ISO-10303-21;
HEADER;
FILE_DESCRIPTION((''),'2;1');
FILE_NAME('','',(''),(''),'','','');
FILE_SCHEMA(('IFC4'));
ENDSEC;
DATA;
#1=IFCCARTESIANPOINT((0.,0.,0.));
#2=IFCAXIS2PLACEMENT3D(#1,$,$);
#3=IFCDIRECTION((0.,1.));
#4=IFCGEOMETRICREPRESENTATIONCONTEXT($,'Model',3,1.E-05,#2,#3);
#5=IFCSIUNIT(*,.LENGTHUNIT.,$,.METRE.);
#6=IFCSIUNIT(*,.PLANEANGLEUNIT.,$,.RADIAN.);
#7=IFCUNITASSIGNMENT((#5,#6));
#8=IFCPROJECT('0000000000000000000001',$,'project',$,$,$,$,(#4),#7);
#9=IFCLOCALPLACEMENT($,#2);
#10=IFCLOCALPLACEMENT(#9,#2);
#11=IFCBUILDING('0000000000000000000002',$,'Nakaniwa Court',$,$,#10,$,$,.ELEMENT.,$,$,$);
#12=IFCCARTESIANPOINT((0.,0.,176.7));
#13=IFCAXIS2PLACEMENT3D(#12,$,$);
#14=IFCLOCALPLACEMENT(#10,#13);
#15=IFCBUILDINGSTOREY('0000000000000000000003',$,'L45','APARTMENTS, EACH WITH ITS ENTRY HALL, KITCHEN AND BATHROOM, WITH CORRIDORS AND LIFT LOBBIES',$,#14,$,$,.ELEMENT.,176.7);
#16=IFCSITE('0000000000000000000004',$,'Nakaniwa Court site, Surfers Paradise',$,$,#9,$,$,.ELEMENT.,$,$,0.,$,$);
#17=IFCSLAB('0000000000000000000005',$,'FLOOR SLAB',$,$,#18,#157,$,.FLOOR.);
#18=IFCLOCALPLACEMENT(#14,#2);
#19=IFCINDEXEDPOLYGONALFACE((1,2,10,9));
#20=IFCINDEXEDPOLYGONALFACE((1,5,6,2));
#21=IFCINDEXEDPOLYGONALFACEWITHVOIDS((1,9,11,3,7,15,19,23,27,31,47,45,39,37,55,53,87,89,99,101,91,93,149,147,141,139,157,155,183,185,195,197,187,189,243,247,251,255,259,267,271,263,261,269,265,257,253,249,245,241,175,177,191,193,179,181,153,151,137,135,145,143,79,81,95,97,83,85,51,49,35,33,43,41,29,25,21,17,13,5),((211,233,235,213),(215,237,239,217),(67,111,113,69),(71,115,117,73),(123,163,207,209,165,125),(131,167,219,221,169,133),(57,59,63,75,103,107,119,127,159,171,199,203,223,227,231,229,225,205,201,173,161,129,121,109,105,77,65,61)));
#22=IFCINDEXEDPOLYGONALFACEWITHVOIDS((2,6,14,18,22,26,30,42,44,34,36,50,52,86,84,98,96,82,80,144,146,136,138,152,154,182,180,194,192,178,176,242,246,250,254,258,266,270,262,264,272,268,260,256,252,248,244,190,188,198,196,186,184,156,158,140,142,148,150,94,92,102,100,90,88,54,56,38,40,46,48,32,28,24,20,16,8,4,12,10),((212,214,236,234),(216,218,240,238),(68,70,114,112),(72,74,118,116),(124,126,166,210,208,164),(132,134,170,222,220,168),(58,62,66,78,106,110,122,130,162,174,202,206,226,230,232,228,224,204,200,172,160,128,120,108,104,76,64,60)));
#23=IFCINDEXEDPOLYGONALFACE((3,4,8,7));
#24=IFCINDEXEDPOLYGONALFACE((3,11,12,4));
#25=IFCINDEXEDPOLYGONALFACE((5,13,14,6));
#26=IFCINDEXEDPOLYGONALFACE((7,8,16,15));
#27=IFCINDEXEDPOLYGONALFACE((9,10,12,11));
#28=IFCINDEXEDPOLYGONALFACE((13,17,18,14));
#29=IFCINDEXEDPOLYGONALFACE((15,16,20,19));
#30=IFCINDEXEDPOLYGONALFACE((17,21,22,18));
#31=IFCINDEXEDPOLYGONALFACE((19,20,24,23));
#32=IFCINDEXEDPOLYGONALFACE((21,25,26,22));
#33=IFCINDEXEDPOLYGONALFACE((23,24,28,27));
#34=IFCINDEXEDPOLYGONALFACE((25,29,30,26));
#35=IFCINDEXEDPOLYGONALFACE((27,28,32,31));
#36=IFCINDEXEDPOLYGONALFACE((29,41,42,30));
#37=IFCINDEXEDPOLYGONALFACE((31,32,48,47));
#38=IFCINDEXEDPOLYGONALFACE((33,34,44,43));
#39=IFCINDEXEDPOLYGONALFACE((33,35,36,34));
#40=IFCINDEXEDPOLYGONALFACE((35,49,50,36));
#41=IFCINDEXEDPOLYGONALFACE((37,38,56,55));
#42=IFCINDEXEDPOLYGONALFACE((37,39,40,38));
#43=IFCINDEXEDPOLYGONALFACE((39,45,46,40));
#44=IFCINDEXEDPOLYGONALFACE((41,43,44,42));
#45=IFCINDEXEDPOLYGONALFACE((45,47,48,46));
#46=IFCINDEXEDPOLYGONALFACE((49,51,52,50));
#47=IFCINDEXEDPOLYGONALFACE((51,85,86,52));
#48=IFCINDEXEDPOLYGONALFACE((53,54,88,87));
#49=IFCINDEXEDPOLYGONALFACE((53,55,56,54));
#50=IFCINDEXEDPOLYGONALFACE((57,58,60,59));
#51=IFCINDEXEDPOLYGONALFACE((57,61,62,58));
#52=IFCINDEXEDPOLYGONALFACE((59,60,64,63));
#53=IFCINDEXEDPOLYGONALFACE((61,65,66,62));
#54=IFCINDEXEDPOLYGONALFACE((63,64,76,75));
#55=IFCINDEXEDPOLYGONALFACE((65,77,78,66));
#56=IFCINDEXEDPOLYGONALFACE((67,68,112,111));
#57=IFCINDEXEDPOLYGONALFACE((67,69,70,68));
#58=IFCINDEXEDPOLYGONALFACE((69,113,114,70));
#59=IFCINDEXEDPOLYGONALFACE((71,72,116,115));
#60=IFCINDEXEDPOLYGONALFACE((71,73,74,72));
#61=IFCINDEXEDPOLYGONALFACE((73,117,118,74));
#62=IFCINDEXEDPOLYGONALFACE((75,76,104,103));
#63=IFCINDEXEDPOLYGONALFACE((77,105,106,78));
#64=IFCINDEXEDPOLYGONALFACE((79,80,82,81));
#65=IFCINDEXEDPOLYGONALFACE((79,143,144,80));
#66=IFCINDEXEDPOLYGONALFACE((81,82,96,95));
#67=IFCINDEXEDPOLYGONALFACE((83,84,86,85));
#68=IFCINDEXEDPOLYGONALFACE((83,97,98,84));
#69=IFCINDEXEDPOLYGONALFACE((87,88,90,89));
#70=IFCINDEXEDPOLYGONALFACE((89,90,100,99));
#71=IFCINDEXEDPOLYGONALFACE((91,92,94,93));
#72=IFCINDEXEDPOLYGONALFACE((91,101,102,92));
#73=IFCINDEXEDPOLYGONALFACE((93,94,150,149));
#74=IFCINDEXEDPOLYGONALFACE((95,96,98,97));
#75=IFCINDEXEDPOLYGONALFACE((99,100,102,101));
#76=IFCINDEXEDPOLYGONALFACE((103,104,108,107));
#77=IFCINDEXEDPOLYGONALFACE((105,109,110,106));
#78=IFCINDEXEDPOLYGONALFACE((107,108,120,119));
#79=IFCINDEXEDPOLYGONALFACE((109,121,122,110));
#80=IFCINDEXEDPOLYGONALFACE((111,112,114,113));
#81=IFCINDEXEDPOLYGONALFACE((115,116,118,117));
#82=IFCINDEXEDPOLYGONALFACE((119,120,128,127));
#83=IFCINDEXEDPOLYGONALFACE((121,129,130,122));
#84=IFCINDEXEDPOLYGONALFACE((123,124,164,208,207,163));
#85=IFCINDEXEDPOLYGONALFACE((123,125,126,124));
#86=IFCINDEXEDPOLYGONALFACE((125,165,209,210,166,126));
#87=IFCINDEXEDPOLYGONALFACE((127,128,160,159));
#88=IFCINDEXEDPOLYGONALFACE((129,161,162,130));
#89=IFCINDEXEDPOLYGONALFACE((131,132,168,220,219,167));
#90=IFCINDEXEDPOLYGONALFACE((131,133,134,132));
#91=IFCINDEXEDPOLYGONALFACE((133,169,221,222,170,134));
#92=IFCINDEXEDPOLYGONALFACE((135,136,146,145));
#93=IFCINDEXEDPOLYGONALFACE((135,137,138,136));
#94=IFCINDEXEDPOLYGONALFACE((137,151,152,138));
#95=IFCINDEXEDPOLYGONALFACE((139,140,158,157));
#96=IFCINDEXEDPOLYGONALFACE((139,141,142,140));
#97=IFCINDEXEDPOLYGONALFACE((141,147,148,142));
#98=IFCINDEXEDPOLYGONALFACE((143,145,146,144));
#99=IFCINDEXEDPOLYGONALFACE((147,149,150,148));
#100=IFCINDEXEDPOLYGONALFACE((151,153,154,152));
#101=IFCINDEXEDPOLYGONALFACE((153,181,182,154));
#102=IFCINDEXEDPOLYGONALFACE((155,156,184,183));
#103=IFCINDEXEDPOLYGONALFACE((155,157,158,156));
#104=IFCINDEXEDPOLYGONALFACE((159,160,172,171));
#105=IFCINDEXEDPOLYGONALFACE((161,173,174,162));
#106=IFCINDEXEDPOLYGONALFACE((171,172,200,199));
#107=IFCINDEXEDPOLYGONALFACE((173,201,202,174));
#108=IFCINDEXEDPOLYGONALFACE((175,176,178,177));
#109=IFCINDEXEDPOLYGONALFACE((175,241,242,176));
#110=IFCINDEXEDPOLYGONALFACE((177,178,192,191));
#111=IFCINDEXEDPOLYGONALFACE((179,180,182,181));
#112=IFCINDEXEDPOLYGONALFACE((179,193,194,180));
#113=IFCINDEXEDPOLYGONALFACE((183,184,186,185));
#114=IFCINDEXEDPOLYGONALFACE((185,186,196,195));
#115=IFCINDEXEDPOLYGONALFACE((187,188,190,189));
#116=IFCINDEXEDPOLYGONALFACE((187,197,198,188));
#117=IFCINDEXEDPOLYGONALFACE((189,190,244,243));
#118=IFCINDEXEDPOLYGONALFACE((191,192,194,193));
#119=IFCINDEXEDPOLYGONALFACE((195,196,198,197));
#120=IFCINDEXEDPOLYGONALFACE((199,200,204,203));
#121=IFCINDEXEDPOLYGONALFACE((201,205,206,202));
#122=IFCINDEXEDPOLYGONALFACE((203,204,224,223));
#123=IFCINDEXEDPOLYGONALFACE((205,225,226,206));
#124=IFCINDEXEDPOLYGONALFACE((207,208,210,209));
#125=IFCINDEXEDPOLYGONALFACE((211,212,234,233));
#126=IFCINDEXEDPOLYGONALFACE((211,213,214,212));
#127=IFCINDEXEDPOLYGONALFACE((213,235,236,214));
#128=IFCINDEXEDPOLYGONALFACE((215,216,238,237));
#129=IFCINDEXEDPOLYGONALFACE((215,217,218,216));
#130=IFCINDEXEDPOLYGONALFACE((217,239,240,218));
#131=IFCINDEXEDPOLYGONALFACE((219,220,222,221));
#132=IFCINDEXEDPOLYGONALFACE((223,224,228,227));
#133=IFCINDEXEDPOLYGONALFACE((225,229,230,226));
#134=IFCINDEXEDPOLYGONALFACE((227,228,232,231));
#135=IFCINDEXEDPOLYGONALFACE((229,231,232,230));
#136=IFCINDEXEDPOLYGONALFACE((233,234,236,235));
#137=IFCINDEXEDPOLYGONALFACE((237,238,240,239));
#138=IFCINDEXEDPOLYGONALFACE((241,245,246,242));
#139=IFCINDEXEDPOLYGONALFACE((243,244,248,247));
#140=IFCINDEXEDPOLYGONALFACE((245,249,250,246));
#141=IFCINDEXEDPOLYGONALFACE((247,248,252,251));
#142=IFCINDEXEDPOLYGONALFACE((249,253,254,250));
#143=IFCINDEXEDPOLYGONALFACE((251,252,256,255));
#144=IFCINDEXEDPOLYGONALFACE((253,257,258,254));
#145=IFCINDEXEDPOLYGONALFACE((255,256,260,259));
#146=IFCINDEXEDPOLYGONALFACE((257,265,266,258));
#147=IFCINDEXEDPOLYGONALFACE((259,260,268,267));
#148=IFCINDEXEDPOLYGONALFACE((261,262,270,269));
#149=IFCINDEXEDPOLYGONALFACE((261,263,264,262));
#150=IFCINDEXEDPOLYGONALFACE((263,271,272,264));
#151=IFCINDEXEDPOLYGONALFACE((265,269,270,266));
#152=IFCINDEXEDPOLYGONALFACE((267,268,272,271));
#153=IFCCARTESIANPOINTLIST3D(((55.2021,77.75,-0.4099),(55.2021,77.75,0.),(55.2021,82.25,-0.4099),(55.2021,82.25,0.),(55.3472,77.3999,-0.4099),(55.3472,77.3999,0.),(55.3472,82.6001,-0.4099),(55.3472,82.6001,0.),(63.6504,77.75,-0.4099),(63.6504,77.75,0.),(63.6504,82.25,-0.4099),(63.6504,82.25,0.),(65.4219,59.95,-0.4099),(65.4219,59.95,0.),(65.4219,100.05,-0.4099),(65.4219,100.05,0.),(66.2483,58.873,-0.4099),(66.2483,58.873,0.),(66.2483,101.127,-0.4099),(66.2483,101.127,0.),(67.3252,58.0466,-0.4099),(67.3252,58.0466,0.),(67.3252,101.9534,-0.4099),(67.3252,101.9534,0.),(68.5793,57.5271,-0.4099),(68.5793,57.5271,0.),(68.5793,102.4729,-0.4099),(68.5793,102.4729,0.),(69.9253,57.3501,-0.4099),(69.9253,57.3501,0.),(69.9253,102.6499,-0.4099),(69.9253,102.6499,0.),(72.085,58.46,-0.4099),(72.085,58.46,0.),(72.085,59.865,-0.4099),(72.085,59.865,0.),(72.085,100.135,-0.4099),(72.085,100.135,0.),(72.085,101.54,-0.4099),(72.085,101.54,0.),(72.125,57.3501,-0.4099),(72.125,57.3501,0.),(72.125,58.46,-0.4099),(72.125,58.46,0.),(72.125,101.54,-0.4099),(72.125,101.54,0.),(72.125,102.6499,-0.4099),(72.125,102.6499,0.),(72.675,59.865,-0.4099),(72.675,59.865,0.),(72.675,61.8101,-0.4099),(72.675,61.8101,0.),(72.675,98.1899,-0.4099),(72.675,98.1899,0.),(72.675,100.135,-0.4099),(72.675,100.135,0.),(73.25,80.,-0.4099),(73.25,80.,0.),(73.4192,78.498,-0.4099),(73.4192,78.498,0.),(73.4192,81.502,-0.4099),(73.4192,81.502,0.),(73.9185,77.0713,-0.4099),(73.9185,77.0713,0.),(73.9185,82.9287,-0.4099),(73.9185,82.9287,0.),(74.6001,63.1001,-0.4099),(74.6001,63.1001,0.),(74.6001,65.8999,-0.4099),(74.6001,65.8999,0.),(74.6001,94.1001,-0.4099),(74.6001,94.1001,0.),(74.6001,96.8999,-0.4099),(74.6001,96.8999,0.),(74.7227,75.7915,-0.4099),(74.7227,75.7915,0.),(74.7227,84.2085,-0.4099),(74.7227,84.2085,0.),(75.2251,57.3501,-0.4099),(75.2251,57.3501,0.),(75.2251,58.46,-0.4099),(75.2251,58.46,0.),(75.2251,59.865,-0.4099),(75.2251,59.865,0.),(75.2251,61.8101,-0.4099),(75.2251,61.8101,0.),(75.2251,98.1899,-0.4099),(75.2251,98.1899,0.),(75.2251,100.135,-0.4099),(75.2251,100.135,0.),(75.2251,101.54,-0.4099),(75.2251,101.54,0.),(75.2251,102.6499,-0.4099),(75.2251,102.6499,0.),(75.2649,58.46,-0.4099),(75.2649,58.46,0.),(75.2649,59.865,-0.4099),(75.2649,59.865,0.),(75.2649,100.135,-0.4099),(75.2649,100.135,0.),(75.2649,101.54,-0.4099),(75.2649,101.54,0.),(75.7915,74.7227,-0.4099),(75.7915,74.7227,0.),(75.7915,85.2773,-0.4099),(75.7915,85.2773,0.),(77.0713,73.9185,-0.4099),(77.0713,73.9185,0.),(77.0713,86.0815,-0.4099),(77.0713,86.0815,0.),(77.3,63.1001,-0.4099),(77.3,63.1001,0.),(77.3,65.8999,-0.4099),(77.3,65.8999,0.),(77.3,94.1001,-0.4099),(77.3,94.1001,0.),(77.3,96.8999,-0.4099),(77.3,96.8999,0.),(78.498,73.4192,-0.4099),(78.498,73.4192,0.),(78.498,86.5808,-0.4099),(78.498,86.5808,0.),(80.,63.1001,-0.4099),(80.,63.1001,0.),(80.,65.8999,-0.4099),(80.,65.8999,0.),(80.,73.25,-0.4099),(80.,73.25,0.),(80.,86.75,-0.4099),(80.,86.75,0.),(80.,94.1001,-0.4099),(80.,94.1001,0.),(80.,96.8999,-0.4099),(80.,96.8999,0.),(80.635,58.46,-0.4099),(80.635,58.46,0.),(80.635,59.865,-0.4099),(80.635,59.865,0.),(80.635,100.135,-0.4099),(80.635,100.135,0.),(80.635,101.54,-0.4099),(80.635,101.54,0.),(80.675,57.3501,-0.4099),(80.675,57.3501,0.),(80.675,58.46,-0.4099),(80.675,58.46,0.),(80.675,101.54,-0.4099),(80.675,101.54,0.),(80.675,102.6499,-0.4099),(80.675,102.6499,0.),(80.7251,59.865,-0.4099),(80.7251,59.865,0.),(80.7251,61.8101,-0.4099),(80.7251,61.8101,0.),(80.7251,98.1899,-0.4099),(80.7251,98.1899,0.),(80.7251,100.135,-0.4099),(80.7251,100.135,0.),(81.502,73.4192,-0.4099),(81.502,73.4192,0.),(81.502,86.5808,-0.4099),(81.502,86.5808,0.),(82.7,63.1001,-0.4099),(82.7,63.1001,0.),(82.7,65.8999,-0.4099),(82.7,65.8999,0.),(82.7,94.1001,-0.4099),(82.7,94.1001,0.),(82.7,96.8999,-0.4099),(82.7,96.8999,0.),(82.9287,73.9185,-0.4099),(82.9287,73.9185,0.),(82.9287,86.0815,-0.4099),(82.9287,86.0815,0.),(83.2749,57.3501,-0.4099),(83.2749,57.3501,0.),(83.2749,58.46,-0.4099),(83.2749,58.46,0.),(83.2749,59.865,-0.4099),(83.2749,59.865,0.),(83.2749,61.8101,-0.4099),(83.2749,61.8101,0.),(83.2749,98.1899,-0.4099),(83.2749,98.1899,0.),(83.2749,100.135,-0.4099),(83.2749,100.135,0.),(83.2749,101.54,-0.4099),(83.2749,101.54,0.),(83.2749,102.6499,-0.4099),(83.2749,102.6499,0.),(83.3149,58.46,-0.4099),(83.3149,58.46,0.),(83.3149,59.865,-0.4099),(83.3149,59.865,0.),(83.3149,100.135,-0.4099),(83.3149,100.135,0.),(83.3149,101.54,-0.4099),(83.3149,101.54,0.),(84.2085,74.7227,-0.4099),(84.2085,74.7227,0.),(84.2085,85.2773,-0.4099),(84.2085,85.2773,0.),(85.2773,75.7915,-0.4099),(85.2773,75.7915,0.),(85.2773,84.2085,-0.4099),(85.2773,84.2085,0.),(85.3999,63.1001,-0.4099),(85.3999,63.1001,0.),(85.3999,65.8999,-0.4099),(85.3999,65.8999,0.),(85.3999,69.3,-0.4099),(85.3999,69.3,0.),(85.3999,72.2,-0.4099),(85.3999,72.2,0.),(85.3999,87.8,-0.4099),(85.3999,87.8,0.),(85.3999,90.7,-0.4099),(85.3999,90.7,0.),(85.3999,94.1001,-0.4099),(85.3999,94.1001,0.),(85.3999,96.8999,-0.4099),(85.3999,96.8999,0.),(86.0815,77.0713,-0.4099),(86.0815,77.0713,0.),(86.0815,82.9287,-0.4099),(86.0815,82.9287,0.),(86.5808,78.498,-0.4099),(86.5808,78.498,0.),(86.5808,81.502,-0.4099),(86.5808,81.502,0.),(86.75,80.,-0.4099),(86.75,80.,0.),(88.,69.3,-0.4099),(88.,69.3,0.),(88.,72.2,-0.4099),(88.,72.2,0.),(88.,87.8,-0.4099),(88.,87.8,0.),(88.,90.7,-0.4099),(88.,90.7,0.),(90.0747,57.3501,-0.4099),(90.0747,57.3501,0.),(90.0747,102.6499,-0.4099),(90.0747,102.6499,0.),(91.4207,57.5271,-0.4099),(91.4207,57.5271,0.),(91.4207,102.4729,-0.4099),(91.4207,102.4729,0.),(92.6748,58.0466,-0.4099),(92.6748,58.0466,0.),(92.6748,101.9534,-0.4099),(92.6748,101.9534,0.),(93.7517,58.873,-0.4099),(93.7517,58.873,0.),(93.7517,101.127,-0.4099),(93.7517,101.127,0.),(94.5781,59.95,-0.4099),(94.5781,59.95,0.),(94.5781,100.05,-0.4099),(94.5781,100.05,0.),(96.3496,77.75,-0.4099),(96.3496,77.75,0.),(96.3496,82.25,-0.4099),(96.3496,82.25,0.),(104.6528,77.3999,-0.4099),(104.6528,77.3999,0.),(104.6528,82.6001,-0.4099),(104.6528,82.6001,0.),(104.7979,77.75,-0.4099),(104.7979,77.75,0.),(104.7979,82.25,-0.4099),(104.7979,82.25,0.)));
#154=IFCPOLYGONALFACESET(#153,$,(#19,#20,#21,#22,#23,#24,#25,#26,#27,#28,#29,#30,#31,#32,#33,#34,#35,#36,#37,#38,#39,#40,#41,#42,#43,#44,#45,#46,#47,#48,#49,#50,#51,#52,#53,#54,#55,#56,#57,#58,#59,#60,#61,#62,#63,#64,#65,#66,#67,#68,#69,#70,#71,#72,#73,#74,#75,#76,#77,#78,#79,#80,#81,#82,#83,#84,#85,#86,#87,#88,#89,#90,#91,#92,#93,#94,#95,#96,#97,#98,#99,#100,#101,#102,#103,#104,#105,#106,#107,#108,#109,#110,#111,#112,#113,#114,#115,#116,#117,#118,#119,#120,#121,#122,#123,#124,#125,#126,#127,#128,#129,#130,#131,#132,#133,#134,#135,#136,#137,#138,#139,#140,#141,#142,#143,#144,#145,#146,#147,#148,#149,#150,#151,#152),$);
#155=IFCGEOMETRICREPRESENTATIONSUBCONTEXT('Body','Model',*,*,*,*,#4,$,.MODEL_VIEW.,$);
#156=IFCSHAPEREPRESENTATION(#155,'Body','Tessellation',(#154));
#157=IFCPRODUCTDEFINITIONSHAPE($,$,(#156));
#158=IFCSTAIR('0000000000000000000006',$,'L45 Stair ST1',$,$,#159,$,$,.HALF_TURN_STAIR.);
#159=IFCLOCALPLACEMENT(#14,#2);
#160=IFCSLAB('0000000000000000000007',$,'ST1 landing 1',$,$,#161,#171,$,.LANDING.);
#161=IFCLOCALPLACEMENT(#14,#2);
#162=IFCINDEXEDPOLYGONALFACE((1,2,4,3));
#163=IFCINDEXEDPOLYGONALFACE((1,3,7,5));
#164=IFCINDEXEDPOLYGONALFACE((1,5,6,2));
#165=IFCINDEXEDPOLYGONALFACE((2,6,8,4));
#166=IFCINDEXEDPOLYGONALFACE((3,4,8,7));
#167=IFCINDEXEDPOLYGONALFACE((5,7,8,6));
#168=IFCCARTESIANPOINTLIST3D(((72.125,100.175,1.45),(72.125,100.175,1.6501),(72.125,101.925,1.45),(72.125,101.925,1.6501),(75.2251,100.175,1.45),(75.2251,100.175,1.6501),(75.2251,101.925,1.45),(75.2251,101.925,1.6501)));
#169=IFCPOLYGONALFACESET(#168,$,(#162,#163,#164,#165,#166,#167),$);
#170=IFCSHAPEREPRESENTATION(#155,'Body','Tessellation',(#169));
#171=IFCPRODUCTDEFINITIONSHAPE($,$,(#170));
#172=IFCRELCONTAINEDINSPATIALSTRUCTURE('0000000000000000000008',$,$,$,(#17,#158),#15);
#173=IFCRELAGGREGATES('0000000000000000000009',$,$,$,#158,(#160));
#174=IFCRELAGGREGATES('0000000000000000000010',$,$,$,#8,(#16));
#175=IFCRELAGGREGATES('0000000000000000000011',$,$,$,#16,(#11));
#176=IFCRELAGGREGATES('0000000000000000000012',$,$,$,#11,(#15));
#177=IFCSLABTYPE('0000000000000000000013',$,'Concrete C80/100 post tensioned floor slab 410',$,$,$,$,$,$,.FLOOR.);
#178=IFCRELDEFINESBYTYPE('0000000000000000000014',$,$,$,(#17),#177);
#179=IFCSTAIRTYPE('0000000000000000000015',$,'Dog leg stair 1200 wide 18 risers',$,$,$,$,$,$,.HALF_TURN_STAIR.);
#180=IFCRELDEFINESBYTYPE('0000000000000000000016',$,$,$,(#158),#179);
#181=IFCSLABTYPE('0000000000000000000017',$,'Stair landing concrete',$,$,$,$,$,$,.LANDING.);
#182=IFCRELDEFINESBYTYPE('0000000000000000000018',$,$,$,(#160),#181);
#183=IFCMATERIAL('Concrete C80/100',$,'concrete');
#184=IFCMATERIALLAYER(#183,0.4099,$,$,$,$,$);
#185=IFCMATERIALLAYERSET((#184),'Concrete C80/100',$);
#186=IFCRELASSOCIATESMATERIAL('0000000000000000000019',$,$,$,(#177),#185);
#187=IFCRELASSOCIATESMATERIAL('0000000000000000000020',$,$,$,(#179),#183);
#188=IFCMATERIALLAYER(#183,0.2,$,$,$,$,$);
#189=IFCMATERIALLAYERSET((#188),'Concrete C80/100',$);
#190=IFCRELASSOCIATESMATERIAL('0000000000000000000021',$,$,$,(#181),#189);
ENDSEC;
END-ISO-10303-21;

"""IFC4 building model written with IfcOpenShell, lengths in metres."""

from ifc_helpers import new_model, si_unit, direction, frame, origin, place, context, subcontext, project, spatial, polyline, outline, extrude, material, layer, layer_set, type_object, element, aggregate, save


model = new_model("IFC4")

# Units and contexts
model_context = context("Model", 3, precision=1e-05, world=origin(), true_north=direction((0.0, 1.0)))
body_context = subcontext(model_context, "Body", "Model", "MODEL_VIEW")
ifc_project = project(units=[si_unit("LENGTHUNIT", "METRE"), si_unit("PLANEANGLEUNIT", "RADIAN")], contexts=[model_context])

# Site, building, storey
site_placement = place(None, origin())
site = spatial("IfcSite", under=ifc_project, at=site_placement, Name="Nakaniwa Court site, Surfers Paradise", CompositionType="ELEMENT", RefElevation=0.0)
building_placement = place(site_placement, origin())
building = spatial("IfcBuilding", under=site, at=building_placement, Name="Nakaniwa Court", CompositionType="ELEMENT")
storey_placement = place(building_placement, frame((0.0, 0.0, 176.7)))
storey = spatial("IfcBuildingStorey", under=building, at=storey_placement, Name="L45", Description="APARTMENTS, EACH WITH ITS ENTRY HALL, KITCHEN AND BATHROOM, WITH CORRIDORS AND LIFT LOBBIES", CompositionType="ELEMENT", Elevation=176.7)

# Shared definitions
ifc_material_1 = material(Name="Concrete C80/100", Category="concrete")

# Slab
ifc_layer_1 = layer(ifc_material_1, 0.4099)
ifc_layer_set_1 = layer_set([ifc_layer_1], Name="Concrete C80/100")
slab_type_1 = type_object("IfcSlabType", Name="Concrete C80/100 post tensioned floor slab 410", PredefinedType="FLOOR", material=ifc_layer_set_1)
slab_1_placement = place(storey_placement, frame((0.0, 0.0, -0.4099)))
element("IfcSlab", 1, at=slab_1_placement, inside=storey, type_object=slab_type_1, Name="FLOOR SLAB", PredefinedType="FLOOR", context=body_context, shape_type="SweptSolid", body=[
    extrude(outline(polyline([(80.675, 58.46), (80.635, 58.46), (80.635, 59.865), (80.7251, 59.865), (80.7251, 61.8101), (83.2749, 61.8101), (83.2749, 59.865), (83.3149, 59.865), (83.3149, 58.46), (83.2749, 58.46), (83.2749, 57.3501), (90.0747, 57.3501), (91.4207, 57.5271), (92.6748, 58.0466), (93.7517, 58.873), (94.5781, 59.95), (104.6528, 77.3999), (104.7979, 77.75), (96.3496, 77.75), (96.3496, 82.25), (104.7979, 82.25), (104.6528, 82.6001), (94.5781, 100.05), (93.7517, 101.127), (92.6748, 101.9534), (91.4207, 102.4729), (90.0747, 102.6499), (83.2749, 102.6499), (83.2749, 101.54), (83.3149, 101.54), (83.3149, 100.135), (83.2749, 100.135), (83.2749, 98.1899), (80.7251, 98.1899), (80.7251, 100.135), (80.635, 100.135), (80.635, 101.54), (80.675, 101.54), (80.675, 102.6499), (75.2251, 102.6499), (75.2251, 101.54), (75.2649, 101.54), (75.2649, 100.135), (75.2251, 100.135), (75.2251, 98.1899), (72.675, 98.1899), (72.675, 100.135), (72.085, 100.135), (72.085, 101.54), (72.125, 101.54), (72.125, 102.6499), (69.9253, 102.6499), (68.5793, 102.4729), (67.3252, 101.9534), (66.2483, 101.127), (65.4219, 100.05), (55.3472, 82.6001), (55.2021, 82.25), (63.6504, 82.25), (63.6504, 77.75), (55.2021, 77.75), (55.3472, 77.3999), (65.4219, 59.95), (66.2483, 58.873), (67.3252, 58.0466), (68.5793, 57.5271), (69.9253, 57.3501), (72.125, 57.3501), (72.125, 58.46), (72.085, 58.46), (72.085, 59.865), (72.675, 59.865), (72.675, 61.8101), (75.2251, 61.8101), (75.2251, 59.865), (75.2649, 59.865), (75.2649, 58.46), (75.2251, 58.46), (75.2251, 57.3501), (80.675, 57.3501), (80.675, 58.46)]), holes=[polyline([(81.502, 86.5808), (80.0, 86.75), (78.498, 86.5808), (77.0713, 86.0815), (75.7915, 85.2773), (74.7227, 84.2085), (73.9185, 82.9287), (73.4192, 81.502), (73.25, 80.0), (73.4192, 78.498), (73.9185, 77.0713), (74.7227, 75.7915), (75.7915, 74.7227), (77.0713, 73.9185), (78.498, 73.4192), (80.0, 73.25), (81.502, 73.4192), (82.9287, 73.9185), (84.2085, 74.7227), (85.2773, 75.7915), (86.0815, 77.0713), (86.5808, 78.498), (86.75, 80.0), (86.5808, 81.502), (86.0815, 82.9287), (85.2773, 84.2085), (84.2085, 85.2773), (82.9287, 86.0815), (81.502, 86.5808)]), polyline([(77.3, 65.8999), (74.6001, 65.8999), (74.6001, 63.1001), (77.3, 63.1001), (77.3, 65.8999)]), polyline([(80.0, 65.8999), (80.0, 63.1001), (82.7, 63.1001), (85.3999, 63.1001), (85.3999, 65.8999), (82.7, 65.8999), (80.0, 65.8999)]), polyline([(77.3, 96.8999), (74.6001, 96.8999), (74.6001, 94.1001), (77.3, 94.1001), (77.3, 96.8999)]), polyline([(80.0, 96.8999), (80.0, 94.1001), (82.7, 94.1001), (85.3999, 94.1001), (85.3999, 96.8999), (82.7, 96.8999), (80.0, 96.8999)]), polyline([(88.0, 72.2), (85.3999, 72.2), (85.3999, 69.3), (88.0, 69.3), (88.0, 72.2)]), polyline([(88.0, 90.7), (85.3999, 90.7), (85.3999, 87.8), (88.0, 87.8), (88.0, 90.7)])]), origin(), (0.0, 0.0, 1.0), 0.4099),
])

# Stair, slab
stair_type = type_object("IfcStairType", Name="Dog leg stair 1200 wide 18 risers", PredefinedType="HALF_TURN_STAIR", material=ifc_material_1)
stair_1_placement = place(storey_placement, origin())
stair_1 = element("IfcStair", 2, at=stair_1_placement, inside=storey, type_object=stair_type, Name="L45 Stair ST1", PredefinedType="HALF_TURN_STAIR")
ifc_layer_2 = layer(ifc_material_1, 0.2)
ifc_layer_set_2 = layer_set([ifc_layer_2], Name="Concrete C80/100")
slab_type_2 = type_object("IfcSlabType", Name="Stair landing concrete", PredefinedType="LANDING", material=ifc_layer_set_2)
slab_2_placement = place(storey_placement, frame((0.0, 0.0, 1.45)))
slab_2 = element("IfcSlab", 3, at=slab_2_placement, type_object=slab_type_2, Name="ST1 landing 1", PredefinedType="LANDING", context=body_context, shape_type="SweptSolid", body=[
    extrude(outline(polyline([(75.2251, 100.175), (75.2251, 101.925), (72.125, 101.925), (72.125, 100.175), (75.2251, 100.175)])), origin(), (0.0, 0.0, 1.0), 0.2002),
])
aggregate(stair_1, [slab_2])

save(model, "model.ifc")
